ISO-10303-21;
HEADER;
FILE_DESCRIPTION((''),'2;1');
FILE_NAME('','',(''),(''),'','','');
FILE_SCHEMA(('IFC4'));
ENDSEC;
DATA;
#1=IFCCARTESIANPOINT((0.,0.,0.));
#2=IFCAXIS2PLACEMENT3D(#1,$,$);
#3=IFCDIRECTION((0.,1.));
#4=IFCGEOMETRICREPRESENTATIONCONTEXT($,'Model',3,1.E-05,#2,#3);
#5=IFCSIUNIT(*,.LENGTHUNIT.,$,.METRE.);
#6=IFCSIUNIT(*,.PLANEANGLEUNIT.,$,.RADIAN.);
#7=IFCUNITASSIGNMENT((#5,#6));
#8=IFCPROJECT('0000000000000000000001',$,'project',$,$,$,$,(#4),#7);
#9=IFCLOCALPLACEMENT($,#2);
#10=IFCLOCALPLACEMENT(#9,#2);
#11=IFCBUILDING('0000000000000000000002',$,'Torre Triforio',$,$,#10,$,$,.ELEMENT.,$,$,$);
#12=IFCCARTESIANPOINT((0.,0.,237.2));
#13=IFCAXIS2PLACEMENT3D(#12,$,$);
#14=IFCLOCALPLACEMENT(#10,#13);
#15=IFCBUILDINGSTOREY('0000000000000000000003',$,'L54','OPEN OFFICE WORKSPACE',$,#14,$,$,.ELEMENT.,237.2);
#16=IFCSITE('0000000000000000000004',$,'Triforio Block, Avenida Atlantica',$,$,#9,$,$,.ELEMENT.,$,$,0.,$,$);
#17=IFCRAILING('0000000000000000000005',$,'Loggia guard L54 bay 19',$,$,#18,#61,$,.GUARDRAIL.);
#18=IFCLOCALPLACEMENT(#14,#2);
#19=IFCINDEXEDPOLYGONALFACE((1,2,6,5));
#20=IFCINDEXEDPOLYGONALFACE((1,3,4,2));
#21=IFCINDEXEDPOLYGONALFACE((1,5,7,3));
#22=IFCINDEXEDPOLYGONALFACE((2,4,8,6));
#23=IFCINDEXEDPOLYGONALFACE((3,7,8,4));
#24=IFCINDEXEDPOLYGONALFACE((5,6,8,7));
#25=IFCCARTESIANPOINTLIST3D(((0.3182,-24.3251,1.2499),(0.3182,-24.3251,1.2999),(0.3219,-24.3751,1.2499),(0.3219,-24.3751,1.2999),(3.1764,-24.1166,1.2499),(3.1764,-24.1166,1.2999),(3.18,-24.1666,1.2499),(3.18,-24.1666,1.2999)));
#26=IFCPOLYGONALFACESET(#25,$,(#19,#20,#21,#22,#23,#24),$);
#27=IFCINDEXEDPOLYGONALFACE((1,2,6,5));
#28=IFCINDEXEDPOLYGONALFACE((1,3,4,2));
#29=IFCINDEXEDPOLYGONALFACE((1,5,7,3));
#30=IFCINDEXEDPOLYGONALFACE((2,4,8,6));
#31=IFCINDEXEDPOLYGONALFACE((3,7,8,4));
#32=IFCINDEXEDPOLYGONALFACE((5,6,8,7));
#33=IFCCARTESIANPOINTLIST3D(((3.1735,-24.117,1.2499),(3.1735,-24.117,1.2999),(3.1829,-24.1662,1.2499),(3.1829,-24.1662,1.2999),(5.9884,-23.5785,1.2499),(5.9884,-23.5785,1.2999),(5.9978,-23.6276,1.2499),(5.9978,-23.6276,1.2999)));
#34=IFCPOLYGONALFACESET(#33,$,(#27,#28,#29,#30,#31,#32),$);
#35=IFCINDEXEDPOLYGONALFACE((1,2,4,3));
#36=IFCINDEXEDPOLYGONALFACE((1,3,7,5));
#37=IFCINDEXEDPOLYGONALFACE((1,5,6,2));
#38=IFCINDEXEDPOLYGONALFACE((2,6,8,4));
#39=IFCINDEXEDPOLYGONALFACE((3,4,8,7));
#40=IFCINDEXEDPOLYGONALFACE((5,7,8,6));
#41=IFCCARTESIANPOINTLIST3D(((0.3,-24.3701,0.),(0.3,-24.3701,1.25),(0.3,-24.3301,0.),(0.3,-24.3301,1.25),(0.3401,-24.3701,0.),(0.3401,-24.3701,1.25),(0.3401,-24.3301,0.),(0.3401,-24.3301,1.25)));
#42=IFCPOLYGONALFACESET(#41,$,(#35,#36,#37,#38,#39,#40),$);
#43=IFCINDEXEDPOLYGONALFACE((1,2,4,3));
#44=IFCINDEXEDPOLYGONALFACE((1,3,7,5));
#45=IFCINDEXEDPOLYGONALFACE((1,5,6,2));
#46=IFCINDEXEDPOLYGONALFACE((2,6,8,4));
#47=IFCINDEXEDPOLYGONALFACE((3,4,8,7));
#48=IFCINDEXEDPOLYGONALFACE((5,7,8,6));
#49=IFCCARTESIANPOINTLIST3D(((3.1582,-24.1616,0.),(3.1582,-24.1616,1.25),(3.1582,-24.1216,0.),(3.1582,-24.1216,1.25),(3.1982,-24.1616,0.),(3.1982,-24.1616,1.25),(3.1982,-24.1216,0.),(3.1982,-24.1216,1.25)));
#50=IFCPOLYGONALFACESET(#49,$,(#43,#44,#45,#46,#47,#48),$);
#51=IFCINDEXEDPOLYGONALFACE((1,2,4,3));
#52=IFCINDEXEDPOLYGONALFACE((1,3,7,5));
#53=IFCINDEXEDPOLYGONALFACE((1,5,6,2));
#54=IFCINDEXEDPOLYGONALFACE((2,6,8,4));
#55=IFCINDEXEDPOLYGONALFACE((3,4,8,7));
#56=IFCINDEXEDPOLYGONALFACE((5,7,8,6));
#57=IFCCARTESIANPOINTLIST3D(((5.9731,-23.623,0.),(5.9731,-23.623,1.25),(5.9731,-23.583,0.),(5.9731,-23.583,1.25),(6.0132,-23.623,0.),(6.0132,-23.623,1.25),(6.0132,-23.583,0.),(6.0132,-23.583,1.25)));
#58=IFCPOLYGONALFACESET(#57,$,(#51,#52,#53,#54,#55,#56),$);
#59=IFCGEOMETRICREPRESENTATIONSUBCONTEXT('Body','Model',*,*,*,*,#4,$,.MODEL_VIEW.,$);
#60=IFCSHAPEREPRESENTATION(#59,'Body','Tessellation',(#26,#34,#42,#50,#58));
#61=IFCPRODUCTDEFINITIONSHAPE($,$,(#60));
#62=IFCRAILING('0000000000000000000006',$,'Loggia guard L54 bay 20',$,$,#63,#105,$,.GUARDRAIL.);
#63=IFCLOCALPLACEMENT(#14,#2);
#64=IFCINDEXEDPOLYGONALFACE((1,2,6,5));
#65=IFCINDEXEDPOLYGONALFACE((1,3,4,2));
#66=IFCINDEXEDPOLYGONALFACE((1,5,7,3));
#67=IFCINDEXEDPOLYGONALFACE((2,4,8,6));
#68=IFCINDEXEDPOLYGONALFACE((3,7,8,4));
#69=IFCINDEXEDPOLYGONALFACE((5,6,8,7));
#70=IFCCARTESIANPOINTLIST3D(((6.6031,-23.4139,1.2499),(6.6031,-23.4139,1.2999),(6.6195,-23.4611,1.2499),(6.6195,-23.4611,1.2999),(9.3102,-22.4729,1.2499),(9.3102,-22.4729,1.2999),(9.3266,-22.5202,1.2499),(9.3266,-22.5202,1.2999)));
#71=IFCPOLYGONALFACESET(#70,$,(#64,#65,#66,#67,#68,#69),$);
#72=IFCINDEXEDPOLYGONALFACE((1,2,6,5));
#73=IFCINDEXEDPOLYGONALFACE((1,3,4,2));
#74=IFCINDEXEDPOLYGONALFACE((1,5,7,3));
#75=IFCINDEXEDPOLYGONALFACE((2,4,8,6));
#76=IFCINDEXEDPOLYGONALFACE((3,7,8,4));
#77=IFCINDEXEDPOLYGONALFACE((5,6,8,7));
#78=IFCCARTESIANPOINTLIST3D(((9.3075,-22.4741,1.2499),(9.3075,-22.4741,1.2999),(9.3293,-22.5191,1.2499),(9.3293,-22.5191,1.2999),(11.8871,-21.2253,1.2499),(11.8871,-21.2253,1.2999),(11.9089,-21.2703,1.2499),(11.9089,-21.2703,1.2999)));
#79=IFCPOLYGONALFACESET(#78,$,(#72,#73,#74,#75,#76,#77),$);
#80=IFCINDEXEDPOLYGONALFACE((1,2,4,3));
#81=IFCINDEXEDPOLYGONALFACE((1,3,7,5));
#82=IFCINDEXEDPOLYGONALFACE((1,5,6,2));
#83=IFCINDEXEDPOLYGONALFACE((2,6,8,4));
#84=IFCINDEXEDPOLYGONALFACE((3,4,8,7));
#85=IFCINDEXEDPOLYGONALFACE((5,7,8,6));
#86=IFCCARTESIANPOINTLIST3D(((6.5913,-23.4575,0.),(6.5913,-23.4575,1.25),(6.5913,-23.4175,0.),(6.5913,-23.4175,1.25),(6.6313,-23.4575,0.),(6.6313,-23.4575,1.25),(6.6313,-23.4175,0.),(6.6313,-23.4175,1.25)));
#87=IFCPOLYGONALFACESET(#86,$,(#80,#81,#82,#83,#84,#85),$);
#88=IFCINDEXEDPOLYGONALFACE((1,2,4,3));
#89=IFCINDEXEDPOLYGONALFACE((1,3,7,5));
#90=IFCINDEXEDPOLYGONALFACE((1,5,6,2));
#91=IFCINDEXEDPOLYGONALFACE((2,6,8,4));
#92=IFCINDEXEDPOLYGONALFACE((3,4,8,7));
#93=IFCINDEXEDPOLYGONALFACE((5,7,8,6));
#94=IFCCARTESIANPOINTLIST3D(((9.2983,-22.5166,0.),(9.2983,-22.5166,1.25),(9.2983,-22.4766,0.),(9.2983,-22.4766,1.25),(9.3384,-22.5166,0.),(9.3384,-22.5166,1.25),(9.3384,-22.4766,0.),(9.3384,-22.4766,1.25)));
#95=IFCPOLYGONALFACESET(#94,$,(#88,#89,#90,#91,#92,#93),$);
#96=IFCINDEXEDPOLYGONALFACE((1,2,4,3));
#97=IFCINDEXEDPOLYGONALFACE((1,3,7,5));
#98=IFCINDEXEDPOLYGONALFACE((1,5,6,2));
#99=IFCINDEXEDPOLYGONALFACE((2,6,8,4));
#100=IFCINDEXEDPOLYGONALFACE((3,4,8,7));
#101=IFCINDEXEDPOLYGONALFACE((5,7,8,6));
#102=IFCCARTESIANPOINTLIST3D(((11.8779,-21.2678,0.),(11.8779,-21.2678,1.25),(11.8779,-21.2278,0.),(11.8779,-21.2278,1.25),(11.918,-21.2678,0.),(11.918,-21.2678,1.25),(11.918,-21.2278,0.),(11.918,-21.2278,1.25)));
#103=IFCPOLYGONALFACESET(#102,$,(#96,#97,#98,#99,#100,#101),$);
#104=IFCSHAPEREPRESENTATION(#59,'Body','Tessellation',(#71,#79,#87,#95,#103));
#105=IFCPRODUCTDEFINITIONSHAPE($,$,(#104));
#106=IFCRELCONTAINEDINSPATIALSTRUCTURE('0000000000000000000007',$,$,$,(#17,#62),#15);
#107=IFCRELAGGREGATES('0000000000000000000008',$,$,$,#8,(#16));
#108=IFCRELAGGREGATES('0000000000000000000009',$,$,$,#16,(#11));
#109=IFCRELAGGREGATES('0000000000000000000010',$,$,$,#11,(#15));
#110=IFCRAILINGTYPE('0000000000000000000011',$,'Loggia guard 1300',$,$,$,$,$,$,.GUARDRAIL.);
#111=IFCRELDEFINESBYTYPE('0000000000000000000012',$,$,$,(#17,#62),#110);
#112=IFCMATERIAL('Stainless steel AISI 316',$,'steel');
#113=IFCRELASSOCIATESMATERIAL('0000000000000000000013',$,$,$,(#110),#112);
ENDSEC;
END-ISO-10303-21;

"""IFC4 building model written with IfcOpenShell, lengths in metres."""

from ifc_helpers import new_model, si_unit, direction, frame, origin, origin_2d, place, context, subcontext, project, spatial, rectangle, extrude, material, type_object, element, save


model = new_model("IFC4")

# Units and contexts
model_context = context("Model", 3, precision=1e-05, world=origin(), true_north=direction((0.0, 1.0)))
body_context = subcontext(model_context, "Body", "Model", "MODEL_VIEW")
ifc_project = project(units=[si_unit("LENGTHUNIT", "METRE"), si_unit("PLANEANGLEUNIT", "RADIAN")], contexts=[model_context])

# Site, building, storey
site_placement = place(None, origin())
site = spatial("IfcSite", under=ifc_project, at=site_placement, Name="Triforio Block, Avenida Atlantica", CompositionType="ELEMENT", RefElevation=0.0)
building_placement = place(site_placement, origin())
building = spatial("IfcBuilding", under=site, at=building_placement, Name="Torre Triforio", CompositionType="ELEMENT")
storey_placement = place(building_placement, frame((0.0, 0.0, 237.2)))
storey = spatial("IfcBuildingStorey", under=building, at=storey_placement, Name="L54", Description="OPEN OFFICE WORKSPACE", CompositionType="ELEMENT", Elevation=237.2)

# Railings
ifc_material_1 = material(Name="Stainless steel AISI 316", Category="steel")
railing_type = type_object("IfcRailingType", Name="Loggia guard 1300", PredefinedType="GUARDRAIL", material=ifc_material_1)
railing_1_placement = place(storey_placement, frame((0.3201, -24.3501, 0.0)))
element("IfcRailing", 1, at=railing_1_placement, inside=storey, type_object=railing_type, Name="Loggia guard L54 bay 19", PredefinedType="GUARDRAIL", context=body_context, shape_type="SweptSolid", body=[
    extrude(rectangle(XDim=0.05, YDim=0.05, at=origin_2d()), frame((0.0, 0.0, 1.2749), z_axis=(0.99735, 0.072754, 0.0), x_axis=(-0.072754, 0.99735, 0.0)), (0.0, 0.0, 1.0), 2.8657),
    extrude(rectangle(XDim=0.05, YDim=0.05, at=origin_2d()), frame((2.8582, 0.2085, 1.2749), z_axis=(0.982185, 0.187918, 0.0), x_axis=(-0.187918, 0.982185, 0.0)), (0.0, 0.0, 1.0), 2.866),
    extrude(rectangle(XDim=0.04, YDim=0.04, at=origin_2d()), origin(), (0.0, 0.0, 1.0), 1.25),
    extrude(rectangle(XDim=0.04, YDim=0.04, at=origin_2d()), frame((2.8582, 0.2085, 0.0)), (0.0, 0.0, 1.0), 1.25),
    extrude(rectangle(XDim=0.04, YDim=0.04, at=origin_2d()), frame((5.6731, 0.7471, 0.0)), (0.0, 0.0, 1.0), 1.25),
])
railing_2_placement = place(storey_placement, frame((6.6113, -23.4375, 0.0)))
element("IfcRailing", 2, at=railing_2_placement, inside=storey, type_object=railing_type, Name="Loggia guard L54 bay 20", PredefinedType="GUARDRAIL", context=body_context, shape_type="SweptSolid", body=[
    extrude(rectangle(XDim=0.05, YDim=0.05, at=origin_2d()), frame((0.0, 0.0, 1.2749), z_axis=(0.944568, 0.328316, 0.0), x_axis=(-0.328316, 0.944568, 0.0)), (0.0, 0.0, 1.0), 2.866),
    extrude(rectangle(XDim=0.05, YDim=0.05, at=origin_2d()), frame((2.707, 0.9409, 1.2749), z_axis=(0.900078, 0.435728, 0.0), x_axis=(-0.435728, 0.900078, 0.0)), (0.0, 0.0, 1.0), 2.866),
    extrude(rectangle(XDim=0.04, YDim=0.04, at=origin_2d()), origin(), (0.0, 0.0, 1.0), 1.25),
    extrude(rectangle(XDim=0.04, YDim=0.04, at=origin_2d()), frame((2.707, 0.9409, 0.0)), (0.0, 0.0, 1.0), 1.25),
    extrude(rectangle(XDim=0.04, YDim=0.04, at=origin_2d()), frame((5.2866, 2.1897, 0.0)), (0.0, 0.0, 1.0), 1.25),
])

save(model, "model.ifc")
